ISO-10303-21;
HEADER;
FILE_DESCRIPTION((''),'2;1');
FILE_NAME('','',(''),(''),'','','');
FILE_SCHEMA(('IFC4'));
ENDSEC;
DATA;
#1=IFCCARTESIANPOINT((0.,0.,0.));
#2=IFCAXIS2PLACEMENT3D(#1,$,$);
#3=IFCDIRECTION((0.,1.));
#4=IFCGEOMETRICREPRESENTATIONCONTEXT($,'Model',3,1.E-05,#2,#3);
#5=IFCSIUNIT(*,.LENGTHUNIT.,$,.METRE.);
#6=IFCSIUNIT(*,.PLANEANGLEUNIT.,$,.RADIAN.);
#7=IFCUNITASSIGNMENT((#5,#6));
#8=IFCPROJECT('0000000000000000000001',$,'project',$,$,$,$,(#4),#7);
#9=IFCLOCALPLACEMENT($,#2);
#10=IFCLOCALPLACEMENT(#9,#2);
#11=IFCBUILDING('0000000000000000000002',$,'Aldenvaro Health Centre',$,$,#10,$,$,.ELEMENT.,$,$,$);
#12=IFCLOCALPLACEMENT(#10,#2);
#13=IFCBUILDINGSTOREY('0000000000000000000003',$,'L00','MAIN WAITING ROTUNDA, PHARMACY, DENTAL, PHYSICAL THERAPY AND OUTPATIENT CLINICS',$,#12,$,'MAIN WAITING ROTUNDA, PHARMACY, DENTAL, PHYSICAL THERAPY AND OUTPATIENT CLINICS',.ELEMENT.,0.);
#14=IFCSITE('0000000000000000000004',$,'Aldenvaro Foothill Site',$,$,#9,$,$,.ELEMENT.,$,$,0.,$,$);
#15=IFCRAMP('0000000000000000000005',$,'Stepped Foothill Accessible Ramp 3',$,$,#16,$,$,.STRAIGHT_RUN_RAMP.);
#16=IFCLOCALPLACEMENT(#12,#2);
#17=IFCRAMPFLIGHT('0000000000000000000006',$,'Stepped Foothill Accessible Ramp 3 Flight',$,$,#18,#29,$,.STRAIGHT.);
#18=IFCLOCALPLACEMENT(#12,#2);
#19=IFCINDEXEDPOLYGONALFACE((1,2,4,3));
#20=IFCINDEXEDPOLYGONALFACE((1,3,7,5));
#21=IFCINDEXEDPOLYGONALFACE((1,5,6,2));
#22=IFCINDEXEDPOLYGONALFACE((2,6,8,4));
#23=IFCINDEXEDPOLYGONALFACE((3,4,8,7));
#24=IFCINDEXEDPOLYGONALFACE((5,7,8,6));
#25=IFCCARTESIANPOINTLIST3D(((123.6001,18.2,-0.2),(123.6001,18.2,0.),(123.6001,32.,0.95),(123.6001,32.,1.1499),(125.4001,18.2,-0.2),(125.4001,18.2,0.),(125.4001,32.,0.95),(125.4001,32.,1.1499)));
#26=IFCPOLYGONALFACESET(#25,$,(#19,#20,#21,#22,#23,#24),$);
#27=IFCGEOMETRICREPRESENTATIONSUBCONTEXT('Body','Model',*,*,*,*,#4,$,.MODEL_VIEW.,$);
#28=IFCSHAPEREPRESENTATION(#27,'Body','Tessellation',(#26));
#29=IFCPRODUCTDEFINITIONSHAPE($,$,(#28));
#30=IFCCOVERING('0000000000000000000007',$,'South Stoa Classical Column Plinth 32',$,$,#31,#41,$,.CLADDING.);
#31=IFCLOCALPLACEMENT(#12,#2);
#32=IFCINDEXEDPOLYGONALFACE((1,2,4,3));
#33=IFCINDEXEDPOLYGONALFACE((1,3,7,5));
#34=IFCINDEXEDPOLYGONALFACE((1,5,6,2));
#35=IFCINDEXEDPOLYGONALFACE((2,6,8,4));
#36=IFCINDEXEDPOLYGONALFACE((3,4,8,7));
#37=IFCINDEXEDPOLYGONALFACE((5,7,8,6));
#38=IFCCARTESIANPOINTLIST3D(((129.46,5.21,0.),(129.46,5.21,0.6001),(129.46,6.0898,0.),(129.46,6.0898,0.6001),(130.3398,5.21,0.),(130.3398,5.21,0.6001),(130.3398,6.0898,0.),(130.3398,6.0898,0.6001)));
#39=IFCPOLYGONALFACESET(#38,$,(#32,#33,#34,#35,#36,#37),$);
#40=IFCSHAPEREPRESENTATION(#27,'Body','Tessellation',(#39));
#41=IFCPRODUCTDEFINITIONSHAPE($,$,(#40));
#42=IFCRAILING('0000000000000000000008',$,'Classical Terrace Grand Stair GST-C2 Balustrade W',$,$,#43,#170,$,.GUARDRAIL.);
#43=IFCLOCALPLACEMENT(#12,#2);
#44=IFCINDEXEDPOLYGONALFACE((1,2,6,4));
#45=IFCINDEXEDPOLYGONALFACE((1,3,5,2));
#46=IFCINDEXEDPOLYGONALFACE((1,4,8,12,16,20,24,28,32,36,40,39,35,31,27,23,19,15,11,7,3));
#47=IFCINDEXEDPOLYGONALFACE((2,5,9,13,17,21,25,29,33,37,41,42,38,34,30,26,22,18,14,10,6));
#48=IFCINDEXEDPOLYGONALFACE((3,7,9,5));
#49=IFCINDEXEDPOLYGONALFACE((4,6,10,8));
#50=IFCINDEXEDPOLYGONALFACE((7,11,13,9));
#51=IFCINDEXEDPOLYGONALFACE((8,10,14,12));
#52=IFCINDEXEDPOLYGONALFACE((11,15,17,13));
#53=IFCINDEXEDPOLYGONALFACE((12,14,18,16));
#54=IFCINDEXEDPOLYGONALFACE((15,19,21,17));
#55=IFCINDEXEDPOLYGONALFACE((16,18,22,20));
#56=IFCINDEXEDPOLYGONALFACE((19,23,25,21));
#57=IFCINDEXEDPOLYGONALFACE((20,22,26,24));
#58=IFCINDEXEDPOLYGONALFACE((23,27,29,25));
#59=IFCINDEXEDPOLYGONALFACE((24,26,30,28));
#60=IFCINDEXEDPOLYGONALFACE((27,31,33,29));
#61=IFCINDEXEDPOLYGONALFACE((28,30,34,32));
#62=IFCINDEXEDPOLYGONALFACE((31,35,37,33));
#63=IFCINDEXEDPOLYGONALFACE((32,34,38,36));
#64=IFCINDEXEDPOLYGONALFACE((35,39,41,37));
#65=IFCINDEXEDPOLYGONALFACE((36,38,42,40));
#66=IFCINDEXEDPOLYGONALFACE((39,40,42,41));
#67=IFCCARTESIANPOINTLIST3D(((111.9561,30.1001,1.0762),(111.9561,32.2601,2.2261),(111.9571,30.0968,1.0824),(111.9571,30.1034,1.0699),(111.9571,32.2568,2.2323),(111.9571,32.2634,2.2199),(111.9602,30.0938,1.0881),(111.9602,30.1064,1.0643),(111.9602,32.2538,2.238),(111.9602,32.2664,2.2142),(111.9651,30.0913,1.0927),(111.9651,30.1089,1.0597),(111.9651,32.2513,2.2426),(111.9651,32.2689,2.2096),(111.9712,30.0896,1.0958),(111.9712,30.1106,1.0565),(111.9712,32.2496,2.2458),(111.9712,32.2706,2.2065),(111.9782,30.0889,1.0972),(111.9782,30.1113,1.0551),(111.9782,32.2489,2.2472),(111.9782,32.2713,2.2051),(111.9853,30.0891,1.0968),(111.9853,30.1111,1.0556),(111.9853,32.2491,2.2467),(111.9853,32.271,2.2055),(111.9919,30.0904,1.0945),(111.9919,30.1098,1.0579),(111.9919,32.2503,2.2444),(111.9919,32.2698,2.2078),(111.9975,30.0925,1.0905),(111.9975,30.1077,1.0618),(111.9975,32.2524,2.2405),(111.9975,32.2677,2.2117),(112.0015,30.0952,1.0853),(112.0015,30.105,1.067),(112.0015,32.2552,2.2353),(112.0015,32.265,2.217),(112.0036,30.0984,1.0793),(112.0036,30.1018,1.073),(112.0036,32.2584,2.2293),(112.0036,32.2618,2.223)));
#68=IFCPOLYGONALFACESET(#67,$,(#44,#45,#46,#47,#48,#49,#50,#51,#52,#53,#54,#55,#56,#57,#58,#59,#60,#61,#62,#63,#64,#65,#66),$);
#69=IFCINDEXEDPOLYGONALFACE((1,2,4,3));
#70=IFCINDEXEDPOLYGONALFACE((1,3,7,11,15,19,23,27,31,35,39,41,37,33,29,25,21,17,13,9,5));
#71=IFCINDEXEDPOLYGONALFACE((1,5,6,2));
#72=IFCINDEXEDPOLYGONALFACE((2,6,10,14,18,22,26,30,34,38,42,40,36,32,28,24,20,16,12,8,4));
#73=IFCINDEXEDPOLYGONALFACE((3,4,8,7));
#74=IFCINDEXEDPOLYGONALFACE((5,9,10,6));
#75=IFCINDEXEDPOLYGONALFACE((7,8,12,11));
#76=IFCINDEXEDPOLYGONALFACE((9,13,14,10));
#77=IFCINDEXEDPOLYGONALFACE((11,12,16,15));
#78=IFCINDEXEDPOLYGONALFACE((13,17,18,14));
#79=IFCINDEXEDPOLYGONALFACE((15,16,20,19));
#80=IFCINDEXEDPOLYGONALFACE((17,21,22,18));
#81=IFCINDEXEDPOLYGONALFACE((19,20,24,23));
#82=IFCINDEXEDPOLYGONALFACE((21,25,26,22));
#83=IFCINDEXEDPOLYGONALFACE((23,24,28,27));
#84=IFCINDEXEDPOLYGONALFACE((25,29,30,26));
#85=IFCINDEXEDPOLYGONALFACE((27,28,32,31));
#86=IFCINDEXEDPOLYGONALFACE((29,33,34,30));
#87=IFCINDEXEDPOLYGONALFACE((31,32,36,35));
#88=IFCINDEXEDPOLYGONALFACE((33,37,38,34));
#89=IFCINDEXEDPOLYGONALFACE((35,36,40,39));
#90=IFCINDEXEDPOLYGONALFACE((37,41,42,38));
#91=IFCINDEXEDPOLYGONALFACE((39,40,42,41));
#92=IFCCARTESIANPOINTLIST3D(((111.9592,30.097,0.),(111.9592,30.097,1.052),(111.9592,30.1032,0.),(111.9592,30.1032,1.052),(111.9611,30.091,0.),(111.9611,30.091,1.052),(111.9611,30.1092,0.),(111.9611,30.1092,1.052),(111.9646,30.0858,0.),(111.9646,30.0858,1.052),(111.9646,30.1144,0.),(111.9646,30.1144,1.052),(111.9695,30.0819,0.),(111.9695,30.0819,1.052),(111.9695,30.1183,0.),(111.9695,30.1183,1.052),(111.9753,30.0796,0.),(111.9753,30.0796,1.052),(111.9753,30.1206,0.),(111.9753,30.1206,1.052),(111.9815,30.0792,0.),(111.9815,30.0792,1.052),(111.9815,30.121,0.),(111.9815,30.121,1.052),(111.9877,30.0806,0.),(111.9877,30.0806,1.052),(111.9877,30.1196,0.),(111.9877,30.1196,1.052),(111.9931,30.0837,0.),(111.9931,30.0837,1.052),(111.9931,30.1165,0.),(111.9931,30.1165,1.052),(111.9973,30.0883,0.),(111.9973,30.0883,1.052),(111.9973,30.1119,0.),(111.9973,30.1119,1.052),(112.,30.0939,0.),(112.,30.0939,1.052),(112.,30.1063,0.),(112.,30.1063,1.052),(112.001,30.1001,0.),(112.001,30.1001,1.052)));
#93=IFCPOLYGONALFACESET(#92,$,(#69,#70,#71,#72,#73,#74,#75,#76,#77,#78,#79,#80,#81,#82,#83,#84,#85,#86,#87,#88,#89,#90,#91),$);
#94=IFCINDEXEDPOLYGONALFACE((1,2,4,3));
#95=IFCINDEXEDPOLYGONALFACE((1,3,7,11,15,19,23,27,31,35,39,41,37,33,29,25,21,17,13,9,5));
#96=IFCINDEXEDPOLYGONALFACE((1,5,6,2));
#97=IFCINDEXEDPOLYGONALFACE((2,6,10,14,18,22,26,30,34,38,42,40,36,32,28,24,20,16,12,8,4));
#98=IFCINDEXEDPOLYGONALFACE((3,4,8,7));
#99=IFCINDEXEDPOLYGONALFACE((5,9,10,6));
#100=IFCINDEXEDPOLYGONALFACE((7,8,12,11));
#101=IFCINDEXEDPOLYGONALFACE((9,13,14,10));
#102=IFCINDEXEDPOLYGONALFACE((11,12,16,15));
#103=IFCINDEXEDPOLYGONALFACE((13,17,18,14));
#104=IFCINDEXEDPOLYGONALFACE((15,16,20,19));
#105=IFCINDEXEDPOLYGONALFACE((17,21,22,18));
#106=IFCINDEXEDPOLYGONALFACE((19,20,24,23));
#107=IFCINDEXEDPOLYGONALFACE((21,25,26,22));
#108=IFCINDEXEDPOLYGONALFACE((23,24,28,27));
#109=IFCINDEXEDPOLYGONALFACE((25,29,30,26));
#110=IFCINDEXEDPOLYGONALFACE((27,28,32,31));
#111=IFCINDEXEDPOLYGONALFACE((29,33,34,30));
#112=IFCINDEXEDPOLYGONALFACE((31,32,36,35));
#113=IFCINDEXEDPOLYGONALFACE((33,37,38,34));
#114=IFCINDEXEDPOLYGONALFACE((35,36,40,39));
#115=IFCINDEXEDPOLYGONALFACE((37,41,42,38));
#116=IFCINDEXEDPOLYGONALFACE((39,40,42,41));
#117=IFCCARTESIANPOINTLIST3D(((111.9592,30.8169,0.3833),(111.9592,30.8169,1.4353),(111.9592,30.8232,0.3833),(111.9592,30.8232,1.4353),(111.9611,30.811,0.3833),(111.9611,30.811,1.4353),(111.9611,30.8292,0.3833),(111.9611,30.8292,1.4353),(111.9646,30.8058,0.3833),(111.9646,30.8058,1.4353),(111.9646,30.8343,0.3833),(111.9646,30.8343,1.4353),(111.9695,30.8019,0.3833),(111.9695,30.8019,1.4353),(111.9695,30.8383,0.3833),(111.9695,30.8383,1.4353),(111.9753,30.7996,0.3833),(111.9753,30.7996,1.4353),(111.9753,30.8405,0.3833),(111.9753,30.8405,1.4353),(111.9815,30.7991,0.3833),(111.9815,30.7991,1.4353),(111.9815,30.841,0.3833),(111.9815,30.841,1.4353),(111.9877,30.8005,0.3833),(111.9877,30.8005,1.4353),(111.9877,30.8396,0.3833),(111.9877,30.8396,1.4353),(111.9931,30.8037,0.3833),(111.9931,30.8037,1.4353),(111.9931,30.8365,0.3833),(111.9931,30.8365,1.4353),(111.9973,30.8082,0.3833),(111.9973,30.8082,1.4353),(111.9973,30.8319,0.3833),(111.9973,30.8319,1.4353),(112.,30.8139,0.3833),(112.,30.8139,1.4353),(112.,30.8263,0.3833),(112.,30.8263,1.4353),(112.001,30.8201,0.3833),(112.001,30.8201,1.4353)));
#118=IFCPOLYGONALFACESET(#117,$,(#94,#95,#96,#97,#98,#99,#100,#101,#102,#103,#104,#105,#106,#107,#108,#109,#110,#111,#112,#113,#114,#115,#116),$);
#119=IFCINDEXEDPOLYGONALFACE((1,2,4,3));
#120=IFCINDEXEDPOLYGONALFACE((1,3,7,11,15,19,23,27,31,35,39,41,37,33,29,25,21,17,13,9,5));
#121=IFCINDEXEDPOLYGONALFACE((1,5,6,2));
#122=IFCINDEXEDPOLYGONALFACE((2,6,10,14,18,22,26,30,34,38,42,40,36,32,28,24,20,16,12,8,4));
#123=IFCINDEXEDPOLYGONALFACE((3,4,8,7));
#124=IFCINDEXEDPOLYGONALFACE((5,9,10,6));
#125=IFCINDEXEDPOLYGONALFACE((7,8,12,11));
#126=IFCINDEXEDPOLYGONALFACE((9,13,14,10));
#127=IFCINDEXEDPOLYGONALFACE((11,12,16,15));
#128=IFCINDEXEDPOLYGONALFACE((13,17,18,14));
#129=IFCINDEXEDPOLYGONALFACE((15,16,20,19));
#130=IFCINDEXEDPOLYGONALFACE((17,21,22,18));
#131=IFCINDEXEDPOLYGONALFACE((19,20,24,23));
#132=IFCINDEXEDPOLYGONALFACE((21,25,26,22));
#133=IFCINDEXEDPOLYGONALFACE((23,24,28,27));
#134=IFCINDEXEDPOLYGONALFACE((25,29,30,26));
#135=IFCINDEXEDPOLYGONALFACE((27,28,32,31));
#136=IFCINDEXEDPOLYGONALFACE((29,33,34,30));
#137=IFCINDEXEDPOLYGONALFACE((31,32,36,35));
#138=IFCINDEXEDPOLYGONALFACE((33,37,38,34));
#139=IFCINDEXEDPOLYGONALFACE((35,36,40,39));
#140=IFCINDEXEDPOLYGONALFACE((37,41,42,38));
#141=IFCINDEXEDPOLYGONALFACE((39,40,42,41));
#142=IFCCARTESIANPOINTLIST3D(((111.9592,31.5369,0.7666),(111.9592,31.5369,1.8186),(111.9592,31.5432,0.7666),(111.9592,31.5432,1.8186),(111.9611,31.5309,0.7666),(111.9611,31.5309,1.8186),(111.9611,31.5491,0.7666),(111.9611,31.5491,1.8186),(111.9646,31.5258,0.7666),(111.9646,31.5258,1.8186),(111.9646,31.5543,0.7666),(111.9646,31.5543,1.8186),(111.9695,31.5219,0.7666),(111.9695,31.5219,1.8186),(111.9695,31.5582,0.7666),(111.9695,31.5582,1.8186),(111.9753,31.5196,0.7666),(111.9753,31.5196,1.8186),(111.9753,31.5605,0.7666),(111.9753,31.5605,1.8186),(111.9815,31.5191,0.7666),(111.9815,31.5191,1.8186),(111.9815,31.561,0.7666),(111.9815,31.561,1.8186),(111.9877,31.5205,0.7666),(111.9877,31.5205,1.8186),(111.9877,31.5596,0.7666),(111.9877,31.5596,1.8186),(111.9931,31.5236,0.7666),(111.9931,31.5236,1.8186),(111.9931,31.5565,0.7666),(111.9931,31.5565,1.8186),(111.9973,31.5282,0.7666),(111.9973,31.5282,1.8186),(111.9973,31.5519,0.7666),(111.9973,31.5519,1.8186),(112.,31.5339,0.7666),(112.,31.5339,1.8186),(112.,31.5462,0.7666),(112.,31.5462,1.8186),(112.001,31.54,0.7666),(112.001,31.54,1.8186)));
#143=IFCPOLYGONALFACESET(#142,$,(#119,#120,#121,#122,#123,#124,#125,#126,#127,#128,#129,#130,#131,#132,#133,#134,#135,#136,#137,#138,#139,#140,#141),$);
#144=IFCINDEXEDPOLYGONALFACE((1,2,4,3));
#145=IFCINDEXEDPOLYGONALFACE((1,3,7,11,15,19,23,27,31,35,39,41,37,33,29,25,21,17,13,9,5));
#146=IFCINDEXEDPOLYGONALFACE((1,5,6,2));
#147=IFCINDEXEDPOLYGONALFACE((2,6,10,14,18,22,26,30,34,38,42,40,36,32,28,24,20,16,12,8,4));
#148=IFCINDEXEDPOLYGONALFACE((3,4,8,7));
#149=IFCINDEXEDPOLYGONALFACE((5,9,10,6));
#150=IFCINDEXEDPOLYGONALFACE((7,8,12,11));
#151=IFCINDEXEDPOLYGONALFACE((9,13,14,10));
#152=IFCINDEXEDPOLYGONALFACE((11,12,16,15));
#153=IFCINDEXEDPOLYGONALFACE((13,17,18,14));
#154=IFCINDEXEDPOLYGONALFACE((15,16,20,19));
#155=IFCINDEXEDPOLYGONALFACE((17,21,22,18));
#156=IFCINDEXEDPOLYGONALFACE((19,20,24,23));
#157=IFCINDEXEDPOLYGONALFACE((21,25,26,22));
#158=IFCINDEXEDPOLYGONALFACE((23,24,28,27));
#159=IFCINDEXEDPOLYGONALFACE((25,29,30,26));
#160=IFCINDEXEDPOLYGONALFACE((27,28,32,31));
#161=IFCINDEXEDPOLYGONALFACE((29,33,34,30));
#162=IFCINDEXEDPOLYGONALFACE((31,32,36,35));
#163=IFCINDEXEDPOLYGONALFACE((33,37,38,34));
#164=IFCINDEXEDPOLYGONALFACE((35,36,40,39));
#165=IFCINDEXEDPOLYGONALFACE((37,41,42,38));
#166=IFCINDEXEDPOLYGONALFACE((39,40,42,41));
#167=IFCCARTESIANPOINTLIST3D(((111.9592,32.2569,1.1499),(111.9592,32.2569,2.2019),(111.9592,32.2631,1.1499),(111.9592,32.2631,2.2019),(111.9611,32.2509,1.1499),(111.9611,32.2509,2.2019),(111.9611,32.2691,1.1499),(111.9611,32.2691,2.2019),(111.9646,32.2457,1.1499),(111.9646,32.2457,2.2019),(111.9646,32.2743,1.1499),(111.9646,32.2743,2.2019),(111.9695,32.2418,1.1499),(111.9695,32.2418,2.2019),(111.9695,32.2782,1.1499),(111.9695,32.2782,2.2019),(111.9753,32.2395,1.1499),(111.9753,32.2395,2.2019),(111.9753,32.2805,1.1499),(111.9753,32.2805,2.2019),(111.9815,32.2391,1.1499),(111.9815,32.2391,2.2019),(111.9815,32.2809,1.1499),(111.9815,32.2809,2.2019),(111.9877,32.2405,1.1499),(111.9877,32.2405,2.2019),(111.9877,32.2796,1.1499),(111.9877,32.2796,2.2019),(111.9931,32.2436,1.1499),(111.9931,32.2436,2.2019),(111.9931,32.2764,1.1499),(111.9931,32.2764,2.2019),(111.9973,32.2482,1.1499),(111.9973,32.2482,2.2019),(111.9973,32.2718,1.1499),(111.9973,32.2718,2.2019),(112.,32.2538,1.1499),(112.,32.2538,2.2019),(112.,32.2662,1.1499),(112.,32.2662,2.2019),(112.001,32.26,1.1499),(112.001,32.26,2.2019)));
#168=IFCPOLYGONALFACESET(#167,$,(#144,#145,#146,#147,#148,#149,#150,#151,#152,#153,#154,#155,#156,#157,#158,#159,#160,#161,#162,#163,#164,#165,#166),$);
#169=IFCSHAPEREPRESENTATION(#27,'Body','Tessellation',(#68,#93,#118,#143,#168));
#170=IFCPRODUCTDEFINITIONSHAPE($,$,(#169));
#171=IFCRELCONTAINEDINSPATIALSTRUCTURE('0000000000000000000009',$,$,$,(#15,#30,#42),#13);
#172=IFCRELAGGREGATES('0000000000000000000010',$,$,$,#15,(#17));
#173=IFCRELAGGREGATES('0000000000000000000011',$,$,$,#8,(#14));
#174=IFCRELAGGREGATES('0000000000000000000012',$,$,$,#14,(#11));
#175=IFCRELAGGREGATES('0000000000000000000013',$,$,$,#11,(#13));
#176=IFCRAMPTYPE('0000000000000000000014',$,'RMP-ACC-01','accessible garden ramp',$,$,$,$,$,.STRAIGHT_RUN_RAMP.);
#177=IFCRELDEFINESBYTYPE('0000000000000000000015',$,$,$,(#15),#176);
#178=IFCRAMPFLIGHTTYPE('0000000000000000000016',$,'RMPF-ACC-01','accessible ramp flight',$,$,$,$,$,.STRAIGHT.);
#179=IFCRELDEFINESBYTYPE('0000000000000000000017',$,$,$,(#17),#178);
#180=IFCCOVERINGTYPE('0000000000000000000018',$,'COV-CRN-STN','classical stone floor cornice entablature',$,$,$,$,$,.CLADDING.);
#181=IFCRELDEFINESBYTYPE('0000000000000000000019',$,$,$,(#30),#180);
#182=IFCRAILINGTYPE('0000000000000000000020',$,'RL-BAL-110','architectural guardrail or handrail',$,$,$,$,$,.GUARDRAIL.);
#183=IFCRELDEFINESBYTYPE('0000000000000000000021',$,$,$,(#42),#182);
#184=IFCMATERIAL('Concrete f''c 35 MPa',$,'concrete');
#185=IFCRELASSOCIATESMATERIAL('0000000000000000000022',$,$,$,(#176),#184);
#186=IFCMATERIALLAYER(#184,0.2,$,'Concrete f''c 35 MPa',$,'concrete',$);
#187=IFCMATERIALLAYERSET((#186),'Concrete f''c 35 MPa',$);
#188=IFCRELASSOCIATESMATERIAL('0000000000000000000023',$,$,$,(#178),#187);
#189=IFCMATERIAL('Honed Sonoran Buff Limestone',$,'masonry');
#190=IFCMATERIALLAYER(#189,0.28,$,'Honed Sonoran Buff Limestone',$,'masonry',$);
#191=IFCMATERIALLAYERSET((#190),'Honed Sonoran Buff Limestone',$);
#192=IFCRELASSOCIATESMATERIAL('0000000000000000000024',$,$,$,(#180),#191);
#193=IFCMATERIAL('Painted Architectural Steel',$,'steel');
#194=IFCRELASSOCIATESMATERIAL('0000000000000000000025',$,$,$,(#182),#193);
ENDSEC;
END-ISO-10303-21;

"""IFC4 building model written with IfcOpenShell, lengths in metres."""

from ifc_helpers import new_model, si_unit, direction, frame, origin, origin_2d, place, context, subcontext, project, spatial, polyline, rectangle, circle, outline, extrude, material, layer, layer_set, type_object, element, aggregate, save


model = new_model("IFC4")

# Units and contexts
model_context = context("Model", 3, precision=1e-05, world=origin(), true_north=direction((0.0, 1.0)))
body_context = subcontext(model_context, "Body", "Model", "MODEL_VIEW")
ifc_project = project(units=[si_unit("LENGTHUNIT", "METRE"), si_unit("PLANEANGLEUNIT", "RADIAN")], contexts=[model_context])

# Site, building, storey
site_placement = place(None, origin())
site = spatial("IfcSite", under=ifc_project, at=site_placement, Name="Aldenvaro Foothill Site", CompositionType="ELEMENT", RefElevation=0.0)
building_placement = place(site_placement, origin())
building = spatial("IfcBuilding", under=site, at=building_placement, Name="Aldenvaro Health Centre", CompositionType="ELEMENT")
storey_placement = place(building_placement, origin())
storey = spatial("IfcBuildingStorey", under=building, at=storey_placement, Name="L00", Description="MAIN WAITING ROTUNDA, PHARMACY, DENTAL, PHYSICAL THERAPY AND OUTPATIENT CLINICS", LongName="MAIN WAITING ROTUNDA, PHARMACY, DENTAL, PHYSICAL THERAPY AND OUTPATIENT CLINICS", CompositionType="ELEMENT", Elevation=0.0)

# Shared definitions
ifc_material_1 = material(Name="Concrete f'c 35 MPa", Category="concrete")

# Ramp, ramp flight
ramp_type = type_object("IfcRampType", Name="RMP-ACC-01", Description="accessible garden ramp", PredefinedType="STRAIGHT_RUN_RAMP", material=ifc_material_1)
ramp_placement = place(storey_placement, origin())
ramp = element("IfcRamp", 1, at=ramp_placement, inside=storey, type_object=ramp_type, Name="Stepped Foothill Accessible Ramp 3", PredefinedType="STRAIGHT_RUN_RAMP")
ifc_layer_1 = layer(ifc_material_1, 0.2, Name="Concrete f'c 35 MPa", Category="concrete")
ifc_layer_set_1 = layer_set([ifc_layer_1], Name="Concrete f'c 35 MPa")
ramp_flight_type = type_object("IfcRampFlightType", Name="RMPF-ACC-01", Description="accessible ramp flight", PredefinedType="STRAIGHT", material=ifc_layer_set_1)
ramp_flight_placement = place(storey_placement, frame((124.5, 18.2, 0.0), z_axis=(0.0, 0.0, 1.0), x_axis=(0.0, 1.0, 0.0)))
ramp_flight = element("IfcRampFlight", 2, at=ramp_flight_placement, type_object=ramp_flight_type, Name="Stepped Foothill Accessible Ramp 3 Flight", PredefinedType="STRAIGHT", context=body_context, shape_type="SweptSolid", body=[
    extrude(outline(polyline([(0.0, 0.0), (13.8, 1.1499), (13.8, 0.95), (0.0, -0.2), (0.0, 0.0)])), frame((0.0, 0.8999, 0.0), z_axis=(0.0, -1.0, 0.0), x_axis=(1.0, 0.0, 0.0)), (0.0, 0.0, 1.0), 1.8),
])
aggregate(ramp, [ramp_flight])

# Covering
ifc_material_2 = material(Name="Honed Sonoran Buff Limestone", Category="masonry")
ifc_layer_2 = layer(ifc_material_2, 0.28, Name="Honed Sonoran Buff Limestone", Category="masonry")
ifc_layer_set_2 = layer_set([ifc_layer_2], Name="Honed Sonoran Buff Limestone")
covering_type = type_object("IfcCoveringType", Name="COV-CRN-STN", Description="classical stone floor cornice entablature", PredefinedType="CLADDING", material=ifc_layer_set_2)
covering_placement = place(storey_placement, frame((129.8999, 5.6499, 0.0), z_axis=(0.0, 0.0, 1.0), x_axis=(1.0, 0.0, 0.0)))
element("IfcCovering", 3, at=covering_placement, inside=storey, type_object=covering_type, Name="South Stoa Classical Column Plinth 32", PredefinedType="CLADDING", context=body_context, shape_type="SweptSolid", body=[
    extrude(rectangle(XDim=0.8799, YDim=0.8799, at=origin_2d()), origin(), (0.0, 0.0, 1.0), 0.6001),
])

# Railing
ifc_material_3 = material(Name="Painted Architectural Steel", Category="steel")
railing_type_1 = type_object("IfcRailingType", Name="RL-BAL-110", Description="architectural guardrail or handrail", PredefinedType="GUARDRAIL", material=ifc_material_3)
for number, where, name in (
    (4, (111.98, 30.1001, 0.0), "Classical Terrace Grand Stair GST-C2 Balustrade W"),
):
    element("IfcRailing", number, at=place(storey_placement, frame(where)), inside=storey, type_object=railing_type_1, Name=name, PredefinedType="GUARDRAIL", context=body_context, shape_type="SweptSolid", body=[
        extrude(circle(Radius=0.0239, at=origin_2d()), frame((0.0, 0.0, 1.0762), z_axis=(0.0, 0.882701, 0.469936), x_axis=(-1.0, 0.0, 0.0)), (0.0, 0.0, 1.0), 2.447),
        extrude(circle(Radius=0.021, at=origin_2d()), origin(), (0.0, 0.0, 1.0), 1.052),
        extrude(circle(Radius=0.021, at=origin_2d()), frame((0.0, 0.72, 0.3833)), (0.0, 0.0, 1.0), 1.052),
        extrude(circle(Radius=0.021, at=origin_2d()), frame((0.0, 1.4399, 0.7666)), (0.0, 0.0, 1.0), 1.052),
        extrude(circle(Radius=0.021, at=origin_2d()), frame((0.0, 2.1599, 1.1499)), (0.0, 0.0, 1.0), 1.052),
    ])

save(model, "model.ifc")
